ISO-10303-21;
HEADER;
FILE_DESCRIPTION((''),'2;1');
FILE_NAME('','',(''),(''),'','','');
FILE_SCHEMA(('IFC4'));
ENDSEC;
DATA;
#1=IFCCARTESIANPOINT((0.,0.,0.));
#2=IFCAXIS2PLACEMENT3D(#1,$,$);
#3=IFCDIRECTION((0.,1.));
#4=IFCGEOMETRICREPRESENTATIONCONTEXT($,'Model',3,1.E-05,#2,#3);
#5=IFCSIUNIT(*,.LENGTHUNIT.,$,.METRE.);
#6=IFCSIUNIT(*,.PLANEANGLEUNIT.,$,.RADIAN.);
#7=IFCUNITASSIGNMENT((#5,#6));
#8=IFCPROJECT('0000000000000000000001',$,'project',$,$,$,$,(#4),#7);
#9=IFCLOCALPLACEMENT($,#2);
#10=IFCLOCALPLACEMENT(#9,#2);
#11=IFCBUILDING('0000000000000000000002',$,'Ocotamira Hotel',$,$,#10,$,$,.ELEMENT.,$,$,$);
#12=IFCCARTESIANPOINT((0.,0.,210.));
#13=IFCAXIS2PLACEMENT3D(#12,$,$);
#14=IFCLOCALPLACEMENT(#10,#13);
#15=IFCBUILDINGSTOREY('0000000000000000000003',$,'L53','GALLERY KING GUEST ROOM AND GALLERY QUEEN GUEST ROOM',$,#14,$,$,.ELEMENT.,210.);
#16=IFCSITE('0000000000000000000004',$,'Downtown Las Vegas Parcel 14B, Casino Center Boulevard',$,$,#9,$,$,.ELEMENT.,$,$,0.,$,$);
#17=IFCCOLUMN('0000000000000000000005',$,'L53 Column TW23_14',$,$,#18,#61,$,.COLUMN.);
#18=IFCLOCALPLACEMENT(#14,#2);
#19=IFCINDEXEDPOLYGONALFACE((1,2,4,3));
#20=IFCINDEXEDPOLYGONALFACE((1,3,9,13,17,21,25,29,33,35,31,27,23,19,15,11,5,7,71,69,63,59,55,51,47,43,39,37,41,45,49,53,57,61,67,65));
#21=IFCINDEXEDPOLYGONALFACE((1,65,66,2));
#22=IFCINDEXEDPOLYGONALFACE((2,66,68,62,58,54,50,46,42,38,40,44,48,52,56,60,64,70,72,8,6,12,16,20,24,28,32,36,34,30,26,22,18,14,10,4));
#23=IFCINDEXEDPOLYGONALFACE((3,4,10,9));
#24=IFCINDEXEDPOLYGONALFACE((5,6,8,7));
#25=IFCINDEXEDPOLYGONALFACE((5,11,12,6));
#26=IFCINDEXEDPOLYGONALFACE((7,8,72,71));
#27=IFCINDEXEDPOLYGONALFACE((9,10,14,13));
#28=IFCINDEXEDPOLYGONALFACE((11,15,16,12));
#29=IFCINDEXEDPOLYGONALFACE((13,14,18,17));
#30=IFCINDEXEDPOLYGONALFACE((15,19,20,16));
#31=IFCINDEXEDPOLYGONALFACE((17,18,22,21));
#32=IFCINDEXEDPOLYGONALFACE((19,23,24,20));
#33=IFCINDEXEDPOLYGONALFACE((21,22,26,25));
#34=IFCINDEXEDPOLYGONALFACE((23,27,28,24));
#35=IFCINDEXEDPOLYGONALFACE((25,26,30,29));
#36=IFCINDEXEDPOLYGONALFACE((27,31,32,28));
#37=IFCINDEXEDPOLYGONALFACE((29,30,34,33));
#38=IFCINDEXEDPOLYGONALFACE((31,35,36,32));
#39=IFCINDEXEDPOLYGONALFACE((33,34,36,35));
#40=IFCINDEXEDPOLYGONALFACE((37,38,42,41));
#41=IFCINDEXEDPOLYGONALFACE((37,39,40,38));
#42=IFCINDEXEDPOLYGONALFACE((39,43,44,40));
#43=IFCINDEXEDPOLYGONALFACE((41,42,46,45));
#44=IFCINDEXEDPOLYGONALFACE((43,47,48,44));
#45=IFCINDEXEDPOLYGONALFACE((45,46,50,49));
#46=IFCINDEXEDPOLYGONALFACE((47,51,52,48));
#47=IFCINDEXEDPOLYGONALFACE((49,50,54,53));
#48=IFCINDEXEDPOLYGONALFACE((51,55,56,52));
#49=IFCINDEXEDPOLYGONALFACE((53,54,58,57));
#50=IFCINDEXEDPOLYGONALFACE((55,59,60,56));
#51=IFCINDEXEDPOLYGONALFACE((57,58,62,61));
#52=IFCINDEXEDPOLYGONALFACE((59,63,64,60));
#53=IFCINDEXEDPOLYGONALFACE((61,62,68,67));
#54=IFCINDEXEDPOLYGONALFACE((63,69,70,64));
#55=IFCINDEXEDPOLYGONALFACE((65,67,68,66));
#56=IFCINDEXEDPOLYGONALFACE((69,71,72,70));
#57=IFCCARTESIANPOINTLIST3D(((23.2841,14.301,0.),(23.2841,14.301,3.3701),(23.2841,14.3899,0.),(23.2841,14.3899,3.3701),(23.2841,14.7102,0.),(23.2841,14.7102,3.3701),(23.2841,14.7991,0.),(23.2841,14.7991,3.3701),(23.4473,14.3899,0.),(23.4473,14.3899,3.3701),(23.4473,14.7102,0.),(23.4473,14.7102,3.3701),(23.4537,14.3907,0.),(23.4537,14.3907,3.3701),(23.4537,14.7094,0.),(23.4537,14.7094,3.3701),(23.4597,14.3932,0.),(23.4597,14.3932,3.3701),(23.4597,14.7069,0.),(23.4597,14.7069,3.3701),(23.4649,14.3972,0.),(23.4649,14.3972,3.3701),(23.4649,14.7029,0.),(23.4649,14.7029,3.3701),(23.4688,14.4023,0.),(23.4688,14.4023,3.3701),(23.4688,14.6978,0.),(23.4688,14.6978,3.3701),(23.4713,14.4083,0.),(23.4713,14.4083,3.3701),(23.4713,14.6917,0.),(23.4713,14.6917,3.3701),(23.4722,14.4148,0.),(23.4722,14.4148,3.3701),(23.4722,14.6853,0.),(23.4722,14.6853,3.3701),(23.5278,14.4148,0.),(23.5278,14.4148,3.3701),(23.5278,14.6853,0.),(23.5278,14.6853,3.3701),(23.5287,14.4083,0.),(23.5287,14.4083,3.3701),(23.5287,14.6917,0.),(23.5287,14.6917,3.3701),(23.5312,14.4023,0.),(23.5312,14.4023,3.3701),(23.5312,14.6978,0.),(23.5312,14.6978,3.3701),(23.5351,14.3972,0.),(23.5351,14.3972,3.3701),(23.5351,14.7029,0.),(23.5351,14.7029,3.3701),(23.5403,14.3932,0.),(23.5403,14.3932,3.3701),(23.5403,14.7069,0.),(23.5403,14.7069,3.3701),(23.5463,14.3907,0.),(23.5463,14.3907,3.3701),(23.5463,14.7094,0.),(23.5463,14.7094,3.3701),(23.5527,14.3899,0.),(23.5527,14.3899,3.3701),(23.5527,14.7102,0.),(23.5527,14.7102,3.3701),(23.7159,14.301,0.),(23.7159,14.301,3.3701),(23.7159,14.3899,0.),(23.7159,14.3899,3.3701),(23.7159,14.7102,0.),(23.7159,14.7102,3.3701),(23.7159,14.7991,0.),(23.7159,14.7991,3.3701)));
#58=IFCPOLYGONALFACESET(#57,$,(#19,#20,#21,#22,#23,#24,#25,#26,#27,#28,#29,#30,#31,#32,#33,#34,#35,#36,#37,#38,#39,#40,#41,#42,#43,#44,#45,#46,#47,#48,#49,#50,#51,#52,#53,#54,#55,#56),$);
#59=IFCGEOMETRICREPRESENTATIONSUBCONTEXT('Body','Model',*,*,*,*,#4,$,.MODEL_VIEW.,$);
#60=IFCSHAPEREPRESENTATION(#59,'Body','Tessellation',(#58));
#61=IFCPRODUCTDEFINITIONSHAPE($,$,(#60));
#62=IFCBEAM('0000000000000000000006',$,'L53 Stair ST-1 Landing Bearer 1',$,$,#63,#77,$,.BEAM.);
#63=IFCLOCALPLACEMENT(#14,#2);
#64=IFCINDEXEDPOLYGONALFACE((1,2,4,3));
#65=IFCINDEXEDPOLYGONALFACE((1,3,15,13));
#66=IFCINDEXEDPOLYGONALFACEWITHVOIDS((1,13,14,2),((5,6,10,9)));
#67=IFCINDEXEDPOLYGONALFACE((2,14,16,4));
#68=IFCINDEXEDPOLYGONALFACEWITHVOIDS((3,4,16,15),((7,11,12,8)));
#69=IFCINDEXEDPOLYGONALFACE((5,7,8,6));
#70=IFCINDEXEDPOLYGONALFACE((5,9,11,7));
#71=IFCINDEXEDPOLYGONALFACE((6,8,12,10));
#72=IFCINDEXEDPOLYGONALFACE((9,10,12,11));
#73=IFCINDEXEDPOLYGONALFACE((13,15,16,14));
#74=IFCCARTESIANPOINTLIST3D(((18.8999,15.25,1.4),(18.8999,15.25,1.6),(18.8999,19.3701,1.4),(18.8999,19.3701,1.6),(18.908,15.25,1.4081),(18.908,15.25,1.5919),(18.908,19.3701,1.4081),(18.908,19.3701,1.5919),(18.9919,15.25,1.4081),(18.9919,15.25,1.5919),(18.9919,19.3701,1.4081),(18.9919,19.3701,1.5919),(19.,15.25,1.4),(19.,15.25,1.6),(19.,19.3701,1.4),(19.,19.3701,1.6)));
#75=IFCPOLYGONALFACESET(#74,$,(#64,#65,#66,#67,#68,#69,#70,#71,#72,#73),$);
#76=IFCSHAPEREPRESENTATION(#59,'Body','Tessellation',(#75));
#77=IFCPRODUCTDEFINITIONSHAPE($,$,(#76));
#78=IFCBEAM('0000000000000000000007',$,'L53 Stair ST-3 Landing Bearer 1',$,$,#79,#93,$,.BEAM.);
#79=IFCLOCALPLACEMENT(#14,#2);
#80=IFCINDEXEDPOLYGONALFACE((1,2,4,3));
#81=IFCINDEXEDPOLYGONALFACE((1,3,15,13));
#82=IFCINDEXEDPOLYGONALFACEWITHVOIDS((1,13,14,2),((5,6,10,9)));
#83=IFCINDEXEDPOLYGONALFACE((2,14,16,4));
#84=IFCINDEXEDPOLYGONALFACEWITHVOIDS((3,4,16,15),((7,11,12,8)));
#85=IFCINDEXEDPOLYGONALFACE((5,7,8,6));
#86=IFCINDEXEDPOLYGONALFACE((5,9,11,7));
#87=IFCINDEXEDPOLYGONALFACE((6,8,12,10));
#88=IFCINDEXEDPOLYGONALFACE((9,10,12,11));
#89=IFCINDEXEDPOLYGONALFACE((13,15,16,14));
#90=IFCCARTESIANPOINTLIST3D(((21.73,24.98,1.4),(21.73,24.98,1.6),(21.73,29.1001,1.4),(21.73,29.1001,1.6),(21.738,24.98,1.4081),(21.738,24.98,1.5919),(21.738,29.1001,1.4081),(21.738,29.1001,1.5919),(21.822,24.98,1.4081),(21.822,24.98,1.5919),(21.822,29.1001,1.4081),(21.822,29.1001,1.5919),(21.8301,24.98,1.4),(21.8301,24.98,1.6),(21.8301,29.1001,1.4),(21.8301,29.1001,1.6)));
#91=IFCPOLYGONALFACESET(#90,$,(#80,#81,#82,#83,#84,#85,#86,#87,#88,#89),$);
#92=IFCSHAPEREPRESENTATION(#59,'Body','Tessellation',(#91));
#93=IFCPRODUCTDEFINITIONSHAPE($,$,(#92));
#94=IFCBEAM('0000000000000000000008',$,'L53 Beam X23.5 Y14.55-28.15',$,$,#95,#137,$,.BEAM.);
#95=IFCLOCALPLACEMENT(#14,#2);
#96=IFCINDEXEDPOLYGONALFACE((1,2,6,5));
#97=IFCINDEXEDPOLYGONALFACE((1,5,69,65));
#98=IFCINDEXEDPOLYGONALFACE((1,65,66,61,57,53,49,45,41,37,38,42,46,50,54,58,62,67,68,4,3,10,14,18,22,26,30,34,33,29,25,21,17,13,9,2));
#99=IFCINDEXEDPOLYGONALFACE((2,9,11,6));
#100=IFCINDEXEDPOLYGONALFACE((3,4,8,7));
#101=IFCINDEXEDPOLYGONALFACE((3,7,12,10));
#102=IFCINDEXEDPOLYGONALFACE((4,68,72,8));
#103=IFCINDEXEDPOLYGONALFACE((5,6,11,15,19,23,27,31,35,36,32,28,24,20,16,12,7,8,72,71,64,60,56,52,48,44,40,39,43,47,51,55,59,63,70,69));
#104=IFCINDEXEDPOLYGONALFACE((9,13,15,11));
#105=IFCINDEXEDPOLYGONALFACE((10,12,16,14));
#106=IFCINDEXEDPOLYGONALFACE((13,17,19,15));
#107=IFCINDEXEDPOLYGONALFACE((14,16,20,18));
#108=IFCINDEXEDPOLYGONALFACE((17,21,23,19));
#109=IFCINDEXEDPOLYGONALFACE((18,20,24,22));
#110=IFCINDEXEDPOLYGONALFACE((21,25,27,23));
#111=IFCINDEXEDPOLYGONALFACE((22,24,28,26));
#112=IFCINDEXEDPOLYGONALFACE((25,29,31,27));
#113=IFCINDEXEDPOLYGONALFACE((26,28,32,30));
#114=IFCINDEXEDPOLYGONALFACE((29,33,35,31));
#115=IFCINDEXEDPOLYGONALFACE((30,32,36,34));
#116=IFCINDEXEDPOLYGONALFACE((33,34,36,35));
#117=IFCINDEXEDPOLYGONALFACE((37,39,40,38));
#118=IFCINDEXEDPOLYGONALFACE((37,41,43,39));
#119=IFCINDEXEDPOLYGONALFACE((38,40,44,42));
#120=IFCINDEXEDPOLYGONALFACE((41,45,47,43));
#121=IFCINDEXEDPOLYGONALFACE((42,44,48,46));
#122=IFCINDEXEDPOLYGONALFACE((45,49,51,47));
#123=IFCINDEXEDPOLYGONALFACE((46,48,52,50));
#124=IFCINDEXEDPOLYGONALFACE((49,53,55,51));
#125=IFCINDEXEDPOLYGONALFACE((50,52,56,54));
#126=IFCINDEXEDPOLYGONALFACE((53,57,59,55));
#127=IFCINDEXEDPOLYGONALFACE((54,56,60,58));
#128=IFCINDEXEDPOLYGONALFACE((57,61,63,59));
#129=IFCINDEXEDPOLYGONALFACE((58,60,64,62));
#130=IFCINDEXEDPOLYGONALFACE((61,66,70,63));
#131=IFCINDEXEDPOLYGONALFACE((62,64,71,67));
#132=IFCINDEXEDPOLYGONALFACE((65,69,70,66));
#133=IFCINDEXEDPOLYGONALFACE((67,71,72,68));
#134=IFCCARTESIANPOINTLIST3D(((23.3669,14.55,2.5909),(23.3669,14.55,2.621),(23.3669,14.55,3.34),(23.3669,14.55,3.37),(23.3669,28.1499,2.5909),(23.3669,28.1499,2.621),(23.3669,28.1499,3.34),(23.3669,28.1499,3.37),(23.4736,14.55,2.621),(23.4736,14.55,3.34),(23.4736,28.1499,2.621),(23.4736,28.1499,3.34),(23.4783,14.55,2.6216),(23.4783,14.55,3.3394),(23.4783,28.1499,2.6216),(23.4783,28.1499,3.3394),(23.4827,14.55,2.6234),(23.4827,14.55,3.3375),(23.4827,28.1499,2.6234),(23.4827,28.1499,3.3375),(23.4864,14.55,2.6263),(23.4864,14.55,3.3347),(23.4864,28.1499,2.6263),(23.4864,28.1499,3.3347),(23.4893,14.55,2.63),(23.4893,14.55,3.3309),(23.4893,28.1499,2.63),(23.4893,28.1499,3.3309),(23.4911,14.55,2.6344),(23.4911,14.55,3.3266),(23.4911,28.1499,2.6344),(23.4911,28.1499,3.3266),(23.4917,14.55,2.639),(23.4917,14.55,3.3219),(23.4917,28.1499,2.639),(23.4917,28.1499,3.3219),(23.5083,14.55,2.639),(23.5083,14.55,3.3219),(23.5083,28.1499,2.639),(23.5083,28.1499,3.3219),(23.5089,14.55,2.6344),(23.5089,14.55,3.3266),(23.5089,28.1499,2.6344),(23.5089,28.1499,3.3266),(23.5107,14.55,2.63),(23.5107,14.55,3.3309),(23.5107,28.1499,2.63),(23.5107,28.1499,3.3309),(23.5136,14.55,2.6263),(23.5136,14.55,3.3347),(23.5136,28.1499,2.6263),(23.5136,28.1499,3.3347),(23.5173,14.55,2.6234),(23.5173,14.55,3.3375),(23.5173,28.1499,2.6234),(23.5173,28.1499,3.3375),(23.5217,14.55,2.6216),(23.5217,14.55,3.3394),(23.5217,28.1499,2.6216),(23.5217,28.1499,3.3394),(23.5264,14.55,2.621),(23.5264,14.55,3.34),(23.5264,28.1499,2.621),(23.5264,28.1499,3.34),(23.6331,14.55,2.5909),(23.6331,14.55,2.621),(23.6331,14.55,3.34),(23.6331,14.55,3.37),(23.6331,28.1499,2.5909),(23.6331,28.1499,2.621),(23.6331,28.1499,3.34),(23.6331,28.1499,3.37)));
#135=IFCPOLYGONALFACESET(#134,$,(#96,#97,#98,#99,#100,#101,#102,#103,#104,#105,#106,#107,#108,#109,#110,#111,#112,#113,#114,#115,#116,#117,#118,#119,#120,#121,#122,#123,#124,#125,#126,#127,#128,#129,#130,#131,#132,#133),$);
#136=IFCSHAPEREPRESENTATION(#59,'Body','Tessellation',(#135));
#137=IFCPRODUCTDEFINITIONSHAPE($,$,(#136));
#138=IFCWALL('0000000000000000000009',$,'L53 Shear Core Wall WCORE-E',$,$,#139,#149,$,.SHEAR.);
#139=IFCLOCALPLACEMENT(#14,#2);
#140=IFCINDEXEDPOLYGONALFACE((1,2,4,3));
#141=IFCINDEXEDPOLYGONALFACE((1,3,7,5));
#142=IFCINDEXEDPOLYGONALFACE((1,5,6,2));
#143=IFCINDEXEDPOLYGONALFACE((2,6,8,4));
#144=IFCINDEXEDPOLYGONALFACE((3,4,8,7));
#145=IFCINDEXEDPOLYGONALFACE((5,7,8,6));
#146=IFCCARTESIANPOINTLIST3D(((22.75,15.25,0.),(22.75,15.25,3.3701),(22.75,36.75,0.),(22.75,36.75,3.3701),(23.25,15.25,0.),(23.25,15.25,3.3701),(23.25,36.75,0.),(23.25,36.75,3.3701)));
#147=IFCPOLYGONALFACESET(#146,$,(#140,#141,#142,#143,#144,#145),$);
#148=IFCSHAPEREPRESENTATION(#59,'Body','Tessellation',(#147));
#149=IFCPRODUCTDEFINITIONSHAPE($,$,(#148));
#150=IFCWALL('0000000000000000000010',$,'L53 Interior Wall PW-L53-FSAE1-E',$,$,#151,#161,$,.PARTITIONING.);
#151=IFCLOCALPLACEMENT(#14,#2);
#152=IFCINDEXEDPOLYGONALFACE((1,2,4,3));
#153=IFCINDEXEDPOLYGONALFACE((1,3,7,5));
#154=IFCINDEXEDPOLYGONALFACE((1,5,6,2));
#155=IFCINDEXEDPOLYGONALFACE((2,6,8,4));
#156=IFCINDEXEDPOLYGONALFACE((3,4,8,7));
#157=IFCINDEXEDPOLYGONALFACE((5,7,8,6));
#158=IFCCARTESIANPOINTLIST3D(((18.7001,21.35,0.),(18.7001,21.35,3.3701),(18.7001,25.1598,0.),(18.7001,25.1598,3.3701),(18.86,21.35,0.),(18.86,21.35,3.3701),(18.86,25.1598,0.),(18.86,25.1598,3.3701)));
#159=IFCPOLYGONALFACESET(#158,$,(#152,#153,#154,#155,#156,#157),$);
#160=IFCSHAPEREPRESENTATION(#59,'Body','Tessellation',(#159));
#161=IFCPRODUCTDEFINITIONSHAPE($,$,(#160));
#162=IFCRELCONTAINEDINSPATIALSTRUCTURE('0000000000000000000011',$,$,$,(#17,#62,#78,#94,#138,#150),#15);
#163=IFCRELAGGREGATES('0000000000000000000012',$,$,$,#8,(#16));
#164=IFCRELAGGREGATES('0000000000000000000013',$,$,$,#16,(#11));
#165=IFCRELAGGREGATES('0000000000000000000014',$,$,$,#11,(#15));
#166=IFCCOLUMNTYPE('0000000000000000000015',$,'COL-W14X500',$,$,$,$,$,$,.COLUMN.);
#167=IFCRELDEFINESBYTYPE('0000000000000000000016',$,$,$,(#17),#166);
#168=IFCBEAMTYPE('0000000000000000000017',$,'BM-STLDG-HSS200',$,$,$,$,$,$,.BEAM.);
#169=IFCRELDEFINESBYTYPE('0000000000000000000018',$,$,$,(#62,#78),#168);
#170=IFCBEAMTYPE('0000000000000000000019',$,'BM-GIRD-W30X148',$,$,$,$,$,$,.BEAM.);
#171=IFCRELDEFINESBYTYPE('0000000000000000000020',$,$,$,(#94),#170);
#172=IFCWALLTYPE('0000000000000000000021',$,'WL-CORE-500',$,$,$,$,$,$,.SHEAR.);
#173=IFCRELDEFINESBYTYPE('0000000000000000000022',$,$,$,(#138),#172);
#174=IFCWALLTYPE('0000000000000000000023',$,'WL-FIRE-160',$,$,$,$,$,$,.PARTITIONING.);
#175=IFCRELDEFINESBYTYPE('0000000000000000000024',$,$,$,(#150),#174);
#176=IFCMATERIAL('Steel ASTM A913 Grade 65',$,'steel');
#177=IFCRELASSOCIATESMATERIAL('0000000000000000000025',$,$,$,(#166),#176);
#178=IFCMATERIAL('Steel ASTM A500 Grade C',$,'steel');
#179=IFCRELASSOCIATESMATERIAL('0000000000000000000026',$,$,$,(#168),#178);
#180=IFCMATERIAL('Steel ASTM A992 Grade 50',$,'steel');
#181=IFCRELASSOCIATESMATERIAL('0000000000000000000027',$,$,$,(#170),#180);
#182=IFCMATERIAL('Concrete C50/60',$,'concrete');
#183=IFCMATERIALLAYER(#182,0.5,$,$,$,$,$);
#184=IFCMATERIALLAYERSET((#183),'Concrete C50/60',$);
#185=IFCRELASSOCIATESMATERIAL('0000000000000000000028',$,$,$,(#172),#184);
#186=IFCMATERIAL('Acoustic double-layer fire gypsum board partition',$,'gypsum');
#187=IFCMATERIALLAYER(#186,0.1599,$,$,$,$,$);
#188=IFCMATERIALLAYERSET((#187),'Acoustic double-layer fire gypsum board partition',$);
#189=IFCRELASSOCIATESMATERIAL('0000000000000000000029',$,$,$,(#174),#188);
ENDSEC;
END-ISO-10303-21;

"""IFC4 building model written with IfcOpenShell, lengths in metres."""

from ifc_helpers import new_model, si_unit, direction, frame, frame_2d, origin, origin_2d, place, context, subcontext, project, spatial, rectangle, hollow_rectangle, i_section, extrude, source, transform, mapped, material, layer, layer_set, material_profile, profile_set, type_object, element, save


model = new_model("IFC4")

# Units and contexts
model_context = context("Model", 3, precision=1e-05, world=origin(), true_north=direction((0.0, 1.0)))
body_context = subcontext(model_context, "Body", "Model", "MODEL_VIEW")
ifc_project = project(units=[si_unit("LENGTHUNIT", "METRE"), si_unit("PLANEANGLEUNIT", "RADIAN")], contexts=[model_context])

# Site, building, storey
site_placement = place(None, origin())
site = spatial("IfcSite", under=ifc_project, at=site_placement, Name="Downtown Las Vegas Parcel 14B, Casino Center Boulevard", CompositionType="ELEMENT", RefElevation=0.0)
building_placement = place(site_placement, origin())
building = spatial("IfcBuilding", under=site, at=building_placement, Name="Ocotamira Hotel", CompositionType="ELEMENT")
storey_placement = place(building_placement, frame((0.0, 0.0, 210.0)))
storey = spatial("IfcBuildingStorey", under=building, at=storey_placement, Name="L53", Description="GALLERY KING GUEST ROOM AND GALLERY QUEEN GUEST ROOM", CompositionType="ELEMENT", Elevation=210.0)

# Column
ifc_material_1 = material(Name="Steel ASTM A913 Grade 65", Category="steel")
ifc_material_profile_1 = material_profile(ifc_material_1, i_section(OverallWidth=0.4319, OverallDepth=0.498, WebThickness=0.0557, FlangeThickness=0.0889, FilletRadius=0.0249, at=origin_2d()), Name="W14X500")
ifc_profile_set_1 = profile_set([ifc_material_profile_1], Name="Steel ASTM A913 Grade 65")
column_type = type_object("IfcColumnType", Name="COL-W14X500", PredefinedType="COLUMN", material=ifc_profile_set_1)
shared_shape_1 = source(origin(), body_context, "Body", "SweptSolid", [
    extrude(i_section(OverallWidth=0.4319, OverallDepth=0.498, WebThickness=0.0557, FlangeThickness=0.0889, FilletRadius=0.0249, at=origin_2d()), origin(), (0.0, 0.0, 1.0), 3.3701),
])
column_placement = place(storey_placement, frame((23.5, 14.55, 0.0), z_axis=(0.0, 0.0, 1.0), x_axis=(1.0, 0.0, 0.0)))
element("IfcColumn", 1, at=column_placement, inside=storey, type_object=column_type, Name="L53 Column TW23_14", PredefinedType="COLUMN", context=body_context, shape_type="MappedRepresentation", body=[
    mapped(shared_shape_1, transform((0.0, 0.0, 0.0), scale=1.0)),
])

# Beams
ifc_material_2 = material(Name="Steel ASTM A500 Grade C", Category="steel")
ifc_material_profile_2 = material_profile(ifc_material_2, hollow_rectangle(XDim=0.1001, YDim=0.2, WallThickness=0.0081, at=origin_2d()), Name="HSS200X100X8")
ifc_profile_set_2 = profile_set([ifc_material_profile_2], Name="Steel ASTM A500 Grade C")
beam_type_1 = type_object("IfcBeamType", Name="BM-STLDG-HSS200", PredefinedType="BEAM", material=ifc_profile_set_2)
shared_shape_2 = source(origin(), body_context, "Body", "SweptSolid", [
    extrude(hollow_rectangle(XDim=0.1001, YDim=0.2, WallThickness=0.0081, at=origin_2d()), origin(), (0.0, 0.0, 1.0), 4.1201),
])
for number, where, z_axis, x_axis, name in (
    (2, (18.95, 15.25, 1.5), (0.0, 1.0, 0.0), (-1.0, 0.0, 0.0), "L53 Stair ST-1 Landing Bearer 1"),
    (3, (21.78, 24.98, 1.5), (0.0, 1.0, 0.0), (-1.0, 0.0, 0.0), "L53 Stair ST-3 Landing Bearer 1"),
):
    element("IfcBeam", number, at=place(storey_placement, frame(where, z_axis=z_axis, x_axis=x_axis)), inside=storey, type_object=beam_type_1, Name=name, PredefinedType="BEAM", context=body_context, shape_type="MappedRepresentation", body=[
        mapped(shared_shape_2, transform((0.0, 0.0, 0.0), scale=1.0)),
    ])
ifc_material_3 = material(Name="Steel ASTM A992 Grade 50", Category="steel")
ifc_material_profile_3 = material_profile(ifc_material_3, i_section(OverallWidth=0.2661, OverallDepth=0.7791, WebThickness=0.0166, FlangeThickness=0.03, FilletRadius=0.0181, at=origin_2d()), Name="W30X148")
ifc_profile_set_3 = profile_set([ifc_material_profile_3], Name="Steel ASTM A992 Grade 50")
beam_type_2 = type_object("IfcBeamType", Name="BM-GIRD-W30X148", PredefinedType="BEAM", material=ifc_profile_set_3)
shared_shape_3 = source(origin(), body_context, "Body", "SweptSolid", [
    extrude(i_section(OverallWidth=0.2661, OverallDepth=0.7791, WebThickness=0.0166, FlangeThickness=0.03, FilletRadius=0.0181, at=origin_2d()), origin(), (0.0, 0.0, 1.0), 13.5999),
])
beam_placement = place(storey_placement, frame((23.5, 14.55, 2.9805), z_axis=(0.0, 1.0, 0.0), x_axis=(-1.0, 0.0, 0.0)))
element("IfcBeam", 4, at=beam_placement, inside=storey, type_object=beam_type_2, Name="L53 Beam X23.5 Y14.55-28.15", PredefinedType="BEAM", context=body_context, shape_type="MappedRepresentation", body=[
    mapped(shared_shape_3, transform((0.0, 0.0, 0.0), scale=1.0)),
])

# Walls
ifc_material_4 = material(Name="Concrete C50/60", Category="concrete")
ifc_layer_1 = layer(ifc_material_4, 0.5)
ifc_layer_set_1 = layer_set([ifc_layer_1], Name="Concrete C50/60")
wall_type_1 = type_object("IfcWallType", Name="WL-CORE-500", PredefinedType="SHEAR", material=ifc_layer_set_1)
wall_1_placement = place(storey_placement, frame((23.0, 15.25, 0.0), z_axis=(0.0, 0.0, 1.0), x_axis=(0.0, 1.0, 0.0)))
element("IfcWall", 5, at=wall_1_placement, inside=storey, type_object=wall_type_1, Name="L53 Shear Core Wall WCORE-E", PredefinedType="SHEAR", context=body_context, shape_type="SweptSolid", body=[
    extrude(rectangle(XDim=21.5, YDim=0.5, at=frame_2d((10.75, 0.0))), origin(), (0.0, 0.0, 1.0), 3.3701),
])
ifc_material_5 = material(Name="Acoustic double-layer fire gypsum board partition", Category="gypsum")
ifc_layer_2 = layer(ifc_material_5, 0.1599)
ifc_layer_set_2 = layer_set([ifc_layer_2], Name="Acoustic double-layer fire gypsum board partition")
wall_type_2 = type_object("IfcWallType", Name="WL-FIRE-160", PredefinedType="PARTITIONING", material=ifc_layer_set_2)
wall_2_placement = place(storey_placement, frame((18.78, 21.3501, 0.0), z_axis=(0.0, 0.0, 1.0), x_axis=(0.0, 1.0, 0.0)))
element("IfcWall", 6, at=wall_2_placement, inside=storey, type_object=wall_type_2, Name="L53 Interior Wall PW-L53-FSAE1-E", PredefinedType="PARTITIONING", context=body_context, shape_type="SweptSolid", body=[
    extrude(rectangle(XDim=3.8098, YDim=0.1599, at=frame_2d((1.9048, 0.0))), origin(), (0.0, 0.0, 1.0), 3.3701),
])

save(model, "model.ifc")
